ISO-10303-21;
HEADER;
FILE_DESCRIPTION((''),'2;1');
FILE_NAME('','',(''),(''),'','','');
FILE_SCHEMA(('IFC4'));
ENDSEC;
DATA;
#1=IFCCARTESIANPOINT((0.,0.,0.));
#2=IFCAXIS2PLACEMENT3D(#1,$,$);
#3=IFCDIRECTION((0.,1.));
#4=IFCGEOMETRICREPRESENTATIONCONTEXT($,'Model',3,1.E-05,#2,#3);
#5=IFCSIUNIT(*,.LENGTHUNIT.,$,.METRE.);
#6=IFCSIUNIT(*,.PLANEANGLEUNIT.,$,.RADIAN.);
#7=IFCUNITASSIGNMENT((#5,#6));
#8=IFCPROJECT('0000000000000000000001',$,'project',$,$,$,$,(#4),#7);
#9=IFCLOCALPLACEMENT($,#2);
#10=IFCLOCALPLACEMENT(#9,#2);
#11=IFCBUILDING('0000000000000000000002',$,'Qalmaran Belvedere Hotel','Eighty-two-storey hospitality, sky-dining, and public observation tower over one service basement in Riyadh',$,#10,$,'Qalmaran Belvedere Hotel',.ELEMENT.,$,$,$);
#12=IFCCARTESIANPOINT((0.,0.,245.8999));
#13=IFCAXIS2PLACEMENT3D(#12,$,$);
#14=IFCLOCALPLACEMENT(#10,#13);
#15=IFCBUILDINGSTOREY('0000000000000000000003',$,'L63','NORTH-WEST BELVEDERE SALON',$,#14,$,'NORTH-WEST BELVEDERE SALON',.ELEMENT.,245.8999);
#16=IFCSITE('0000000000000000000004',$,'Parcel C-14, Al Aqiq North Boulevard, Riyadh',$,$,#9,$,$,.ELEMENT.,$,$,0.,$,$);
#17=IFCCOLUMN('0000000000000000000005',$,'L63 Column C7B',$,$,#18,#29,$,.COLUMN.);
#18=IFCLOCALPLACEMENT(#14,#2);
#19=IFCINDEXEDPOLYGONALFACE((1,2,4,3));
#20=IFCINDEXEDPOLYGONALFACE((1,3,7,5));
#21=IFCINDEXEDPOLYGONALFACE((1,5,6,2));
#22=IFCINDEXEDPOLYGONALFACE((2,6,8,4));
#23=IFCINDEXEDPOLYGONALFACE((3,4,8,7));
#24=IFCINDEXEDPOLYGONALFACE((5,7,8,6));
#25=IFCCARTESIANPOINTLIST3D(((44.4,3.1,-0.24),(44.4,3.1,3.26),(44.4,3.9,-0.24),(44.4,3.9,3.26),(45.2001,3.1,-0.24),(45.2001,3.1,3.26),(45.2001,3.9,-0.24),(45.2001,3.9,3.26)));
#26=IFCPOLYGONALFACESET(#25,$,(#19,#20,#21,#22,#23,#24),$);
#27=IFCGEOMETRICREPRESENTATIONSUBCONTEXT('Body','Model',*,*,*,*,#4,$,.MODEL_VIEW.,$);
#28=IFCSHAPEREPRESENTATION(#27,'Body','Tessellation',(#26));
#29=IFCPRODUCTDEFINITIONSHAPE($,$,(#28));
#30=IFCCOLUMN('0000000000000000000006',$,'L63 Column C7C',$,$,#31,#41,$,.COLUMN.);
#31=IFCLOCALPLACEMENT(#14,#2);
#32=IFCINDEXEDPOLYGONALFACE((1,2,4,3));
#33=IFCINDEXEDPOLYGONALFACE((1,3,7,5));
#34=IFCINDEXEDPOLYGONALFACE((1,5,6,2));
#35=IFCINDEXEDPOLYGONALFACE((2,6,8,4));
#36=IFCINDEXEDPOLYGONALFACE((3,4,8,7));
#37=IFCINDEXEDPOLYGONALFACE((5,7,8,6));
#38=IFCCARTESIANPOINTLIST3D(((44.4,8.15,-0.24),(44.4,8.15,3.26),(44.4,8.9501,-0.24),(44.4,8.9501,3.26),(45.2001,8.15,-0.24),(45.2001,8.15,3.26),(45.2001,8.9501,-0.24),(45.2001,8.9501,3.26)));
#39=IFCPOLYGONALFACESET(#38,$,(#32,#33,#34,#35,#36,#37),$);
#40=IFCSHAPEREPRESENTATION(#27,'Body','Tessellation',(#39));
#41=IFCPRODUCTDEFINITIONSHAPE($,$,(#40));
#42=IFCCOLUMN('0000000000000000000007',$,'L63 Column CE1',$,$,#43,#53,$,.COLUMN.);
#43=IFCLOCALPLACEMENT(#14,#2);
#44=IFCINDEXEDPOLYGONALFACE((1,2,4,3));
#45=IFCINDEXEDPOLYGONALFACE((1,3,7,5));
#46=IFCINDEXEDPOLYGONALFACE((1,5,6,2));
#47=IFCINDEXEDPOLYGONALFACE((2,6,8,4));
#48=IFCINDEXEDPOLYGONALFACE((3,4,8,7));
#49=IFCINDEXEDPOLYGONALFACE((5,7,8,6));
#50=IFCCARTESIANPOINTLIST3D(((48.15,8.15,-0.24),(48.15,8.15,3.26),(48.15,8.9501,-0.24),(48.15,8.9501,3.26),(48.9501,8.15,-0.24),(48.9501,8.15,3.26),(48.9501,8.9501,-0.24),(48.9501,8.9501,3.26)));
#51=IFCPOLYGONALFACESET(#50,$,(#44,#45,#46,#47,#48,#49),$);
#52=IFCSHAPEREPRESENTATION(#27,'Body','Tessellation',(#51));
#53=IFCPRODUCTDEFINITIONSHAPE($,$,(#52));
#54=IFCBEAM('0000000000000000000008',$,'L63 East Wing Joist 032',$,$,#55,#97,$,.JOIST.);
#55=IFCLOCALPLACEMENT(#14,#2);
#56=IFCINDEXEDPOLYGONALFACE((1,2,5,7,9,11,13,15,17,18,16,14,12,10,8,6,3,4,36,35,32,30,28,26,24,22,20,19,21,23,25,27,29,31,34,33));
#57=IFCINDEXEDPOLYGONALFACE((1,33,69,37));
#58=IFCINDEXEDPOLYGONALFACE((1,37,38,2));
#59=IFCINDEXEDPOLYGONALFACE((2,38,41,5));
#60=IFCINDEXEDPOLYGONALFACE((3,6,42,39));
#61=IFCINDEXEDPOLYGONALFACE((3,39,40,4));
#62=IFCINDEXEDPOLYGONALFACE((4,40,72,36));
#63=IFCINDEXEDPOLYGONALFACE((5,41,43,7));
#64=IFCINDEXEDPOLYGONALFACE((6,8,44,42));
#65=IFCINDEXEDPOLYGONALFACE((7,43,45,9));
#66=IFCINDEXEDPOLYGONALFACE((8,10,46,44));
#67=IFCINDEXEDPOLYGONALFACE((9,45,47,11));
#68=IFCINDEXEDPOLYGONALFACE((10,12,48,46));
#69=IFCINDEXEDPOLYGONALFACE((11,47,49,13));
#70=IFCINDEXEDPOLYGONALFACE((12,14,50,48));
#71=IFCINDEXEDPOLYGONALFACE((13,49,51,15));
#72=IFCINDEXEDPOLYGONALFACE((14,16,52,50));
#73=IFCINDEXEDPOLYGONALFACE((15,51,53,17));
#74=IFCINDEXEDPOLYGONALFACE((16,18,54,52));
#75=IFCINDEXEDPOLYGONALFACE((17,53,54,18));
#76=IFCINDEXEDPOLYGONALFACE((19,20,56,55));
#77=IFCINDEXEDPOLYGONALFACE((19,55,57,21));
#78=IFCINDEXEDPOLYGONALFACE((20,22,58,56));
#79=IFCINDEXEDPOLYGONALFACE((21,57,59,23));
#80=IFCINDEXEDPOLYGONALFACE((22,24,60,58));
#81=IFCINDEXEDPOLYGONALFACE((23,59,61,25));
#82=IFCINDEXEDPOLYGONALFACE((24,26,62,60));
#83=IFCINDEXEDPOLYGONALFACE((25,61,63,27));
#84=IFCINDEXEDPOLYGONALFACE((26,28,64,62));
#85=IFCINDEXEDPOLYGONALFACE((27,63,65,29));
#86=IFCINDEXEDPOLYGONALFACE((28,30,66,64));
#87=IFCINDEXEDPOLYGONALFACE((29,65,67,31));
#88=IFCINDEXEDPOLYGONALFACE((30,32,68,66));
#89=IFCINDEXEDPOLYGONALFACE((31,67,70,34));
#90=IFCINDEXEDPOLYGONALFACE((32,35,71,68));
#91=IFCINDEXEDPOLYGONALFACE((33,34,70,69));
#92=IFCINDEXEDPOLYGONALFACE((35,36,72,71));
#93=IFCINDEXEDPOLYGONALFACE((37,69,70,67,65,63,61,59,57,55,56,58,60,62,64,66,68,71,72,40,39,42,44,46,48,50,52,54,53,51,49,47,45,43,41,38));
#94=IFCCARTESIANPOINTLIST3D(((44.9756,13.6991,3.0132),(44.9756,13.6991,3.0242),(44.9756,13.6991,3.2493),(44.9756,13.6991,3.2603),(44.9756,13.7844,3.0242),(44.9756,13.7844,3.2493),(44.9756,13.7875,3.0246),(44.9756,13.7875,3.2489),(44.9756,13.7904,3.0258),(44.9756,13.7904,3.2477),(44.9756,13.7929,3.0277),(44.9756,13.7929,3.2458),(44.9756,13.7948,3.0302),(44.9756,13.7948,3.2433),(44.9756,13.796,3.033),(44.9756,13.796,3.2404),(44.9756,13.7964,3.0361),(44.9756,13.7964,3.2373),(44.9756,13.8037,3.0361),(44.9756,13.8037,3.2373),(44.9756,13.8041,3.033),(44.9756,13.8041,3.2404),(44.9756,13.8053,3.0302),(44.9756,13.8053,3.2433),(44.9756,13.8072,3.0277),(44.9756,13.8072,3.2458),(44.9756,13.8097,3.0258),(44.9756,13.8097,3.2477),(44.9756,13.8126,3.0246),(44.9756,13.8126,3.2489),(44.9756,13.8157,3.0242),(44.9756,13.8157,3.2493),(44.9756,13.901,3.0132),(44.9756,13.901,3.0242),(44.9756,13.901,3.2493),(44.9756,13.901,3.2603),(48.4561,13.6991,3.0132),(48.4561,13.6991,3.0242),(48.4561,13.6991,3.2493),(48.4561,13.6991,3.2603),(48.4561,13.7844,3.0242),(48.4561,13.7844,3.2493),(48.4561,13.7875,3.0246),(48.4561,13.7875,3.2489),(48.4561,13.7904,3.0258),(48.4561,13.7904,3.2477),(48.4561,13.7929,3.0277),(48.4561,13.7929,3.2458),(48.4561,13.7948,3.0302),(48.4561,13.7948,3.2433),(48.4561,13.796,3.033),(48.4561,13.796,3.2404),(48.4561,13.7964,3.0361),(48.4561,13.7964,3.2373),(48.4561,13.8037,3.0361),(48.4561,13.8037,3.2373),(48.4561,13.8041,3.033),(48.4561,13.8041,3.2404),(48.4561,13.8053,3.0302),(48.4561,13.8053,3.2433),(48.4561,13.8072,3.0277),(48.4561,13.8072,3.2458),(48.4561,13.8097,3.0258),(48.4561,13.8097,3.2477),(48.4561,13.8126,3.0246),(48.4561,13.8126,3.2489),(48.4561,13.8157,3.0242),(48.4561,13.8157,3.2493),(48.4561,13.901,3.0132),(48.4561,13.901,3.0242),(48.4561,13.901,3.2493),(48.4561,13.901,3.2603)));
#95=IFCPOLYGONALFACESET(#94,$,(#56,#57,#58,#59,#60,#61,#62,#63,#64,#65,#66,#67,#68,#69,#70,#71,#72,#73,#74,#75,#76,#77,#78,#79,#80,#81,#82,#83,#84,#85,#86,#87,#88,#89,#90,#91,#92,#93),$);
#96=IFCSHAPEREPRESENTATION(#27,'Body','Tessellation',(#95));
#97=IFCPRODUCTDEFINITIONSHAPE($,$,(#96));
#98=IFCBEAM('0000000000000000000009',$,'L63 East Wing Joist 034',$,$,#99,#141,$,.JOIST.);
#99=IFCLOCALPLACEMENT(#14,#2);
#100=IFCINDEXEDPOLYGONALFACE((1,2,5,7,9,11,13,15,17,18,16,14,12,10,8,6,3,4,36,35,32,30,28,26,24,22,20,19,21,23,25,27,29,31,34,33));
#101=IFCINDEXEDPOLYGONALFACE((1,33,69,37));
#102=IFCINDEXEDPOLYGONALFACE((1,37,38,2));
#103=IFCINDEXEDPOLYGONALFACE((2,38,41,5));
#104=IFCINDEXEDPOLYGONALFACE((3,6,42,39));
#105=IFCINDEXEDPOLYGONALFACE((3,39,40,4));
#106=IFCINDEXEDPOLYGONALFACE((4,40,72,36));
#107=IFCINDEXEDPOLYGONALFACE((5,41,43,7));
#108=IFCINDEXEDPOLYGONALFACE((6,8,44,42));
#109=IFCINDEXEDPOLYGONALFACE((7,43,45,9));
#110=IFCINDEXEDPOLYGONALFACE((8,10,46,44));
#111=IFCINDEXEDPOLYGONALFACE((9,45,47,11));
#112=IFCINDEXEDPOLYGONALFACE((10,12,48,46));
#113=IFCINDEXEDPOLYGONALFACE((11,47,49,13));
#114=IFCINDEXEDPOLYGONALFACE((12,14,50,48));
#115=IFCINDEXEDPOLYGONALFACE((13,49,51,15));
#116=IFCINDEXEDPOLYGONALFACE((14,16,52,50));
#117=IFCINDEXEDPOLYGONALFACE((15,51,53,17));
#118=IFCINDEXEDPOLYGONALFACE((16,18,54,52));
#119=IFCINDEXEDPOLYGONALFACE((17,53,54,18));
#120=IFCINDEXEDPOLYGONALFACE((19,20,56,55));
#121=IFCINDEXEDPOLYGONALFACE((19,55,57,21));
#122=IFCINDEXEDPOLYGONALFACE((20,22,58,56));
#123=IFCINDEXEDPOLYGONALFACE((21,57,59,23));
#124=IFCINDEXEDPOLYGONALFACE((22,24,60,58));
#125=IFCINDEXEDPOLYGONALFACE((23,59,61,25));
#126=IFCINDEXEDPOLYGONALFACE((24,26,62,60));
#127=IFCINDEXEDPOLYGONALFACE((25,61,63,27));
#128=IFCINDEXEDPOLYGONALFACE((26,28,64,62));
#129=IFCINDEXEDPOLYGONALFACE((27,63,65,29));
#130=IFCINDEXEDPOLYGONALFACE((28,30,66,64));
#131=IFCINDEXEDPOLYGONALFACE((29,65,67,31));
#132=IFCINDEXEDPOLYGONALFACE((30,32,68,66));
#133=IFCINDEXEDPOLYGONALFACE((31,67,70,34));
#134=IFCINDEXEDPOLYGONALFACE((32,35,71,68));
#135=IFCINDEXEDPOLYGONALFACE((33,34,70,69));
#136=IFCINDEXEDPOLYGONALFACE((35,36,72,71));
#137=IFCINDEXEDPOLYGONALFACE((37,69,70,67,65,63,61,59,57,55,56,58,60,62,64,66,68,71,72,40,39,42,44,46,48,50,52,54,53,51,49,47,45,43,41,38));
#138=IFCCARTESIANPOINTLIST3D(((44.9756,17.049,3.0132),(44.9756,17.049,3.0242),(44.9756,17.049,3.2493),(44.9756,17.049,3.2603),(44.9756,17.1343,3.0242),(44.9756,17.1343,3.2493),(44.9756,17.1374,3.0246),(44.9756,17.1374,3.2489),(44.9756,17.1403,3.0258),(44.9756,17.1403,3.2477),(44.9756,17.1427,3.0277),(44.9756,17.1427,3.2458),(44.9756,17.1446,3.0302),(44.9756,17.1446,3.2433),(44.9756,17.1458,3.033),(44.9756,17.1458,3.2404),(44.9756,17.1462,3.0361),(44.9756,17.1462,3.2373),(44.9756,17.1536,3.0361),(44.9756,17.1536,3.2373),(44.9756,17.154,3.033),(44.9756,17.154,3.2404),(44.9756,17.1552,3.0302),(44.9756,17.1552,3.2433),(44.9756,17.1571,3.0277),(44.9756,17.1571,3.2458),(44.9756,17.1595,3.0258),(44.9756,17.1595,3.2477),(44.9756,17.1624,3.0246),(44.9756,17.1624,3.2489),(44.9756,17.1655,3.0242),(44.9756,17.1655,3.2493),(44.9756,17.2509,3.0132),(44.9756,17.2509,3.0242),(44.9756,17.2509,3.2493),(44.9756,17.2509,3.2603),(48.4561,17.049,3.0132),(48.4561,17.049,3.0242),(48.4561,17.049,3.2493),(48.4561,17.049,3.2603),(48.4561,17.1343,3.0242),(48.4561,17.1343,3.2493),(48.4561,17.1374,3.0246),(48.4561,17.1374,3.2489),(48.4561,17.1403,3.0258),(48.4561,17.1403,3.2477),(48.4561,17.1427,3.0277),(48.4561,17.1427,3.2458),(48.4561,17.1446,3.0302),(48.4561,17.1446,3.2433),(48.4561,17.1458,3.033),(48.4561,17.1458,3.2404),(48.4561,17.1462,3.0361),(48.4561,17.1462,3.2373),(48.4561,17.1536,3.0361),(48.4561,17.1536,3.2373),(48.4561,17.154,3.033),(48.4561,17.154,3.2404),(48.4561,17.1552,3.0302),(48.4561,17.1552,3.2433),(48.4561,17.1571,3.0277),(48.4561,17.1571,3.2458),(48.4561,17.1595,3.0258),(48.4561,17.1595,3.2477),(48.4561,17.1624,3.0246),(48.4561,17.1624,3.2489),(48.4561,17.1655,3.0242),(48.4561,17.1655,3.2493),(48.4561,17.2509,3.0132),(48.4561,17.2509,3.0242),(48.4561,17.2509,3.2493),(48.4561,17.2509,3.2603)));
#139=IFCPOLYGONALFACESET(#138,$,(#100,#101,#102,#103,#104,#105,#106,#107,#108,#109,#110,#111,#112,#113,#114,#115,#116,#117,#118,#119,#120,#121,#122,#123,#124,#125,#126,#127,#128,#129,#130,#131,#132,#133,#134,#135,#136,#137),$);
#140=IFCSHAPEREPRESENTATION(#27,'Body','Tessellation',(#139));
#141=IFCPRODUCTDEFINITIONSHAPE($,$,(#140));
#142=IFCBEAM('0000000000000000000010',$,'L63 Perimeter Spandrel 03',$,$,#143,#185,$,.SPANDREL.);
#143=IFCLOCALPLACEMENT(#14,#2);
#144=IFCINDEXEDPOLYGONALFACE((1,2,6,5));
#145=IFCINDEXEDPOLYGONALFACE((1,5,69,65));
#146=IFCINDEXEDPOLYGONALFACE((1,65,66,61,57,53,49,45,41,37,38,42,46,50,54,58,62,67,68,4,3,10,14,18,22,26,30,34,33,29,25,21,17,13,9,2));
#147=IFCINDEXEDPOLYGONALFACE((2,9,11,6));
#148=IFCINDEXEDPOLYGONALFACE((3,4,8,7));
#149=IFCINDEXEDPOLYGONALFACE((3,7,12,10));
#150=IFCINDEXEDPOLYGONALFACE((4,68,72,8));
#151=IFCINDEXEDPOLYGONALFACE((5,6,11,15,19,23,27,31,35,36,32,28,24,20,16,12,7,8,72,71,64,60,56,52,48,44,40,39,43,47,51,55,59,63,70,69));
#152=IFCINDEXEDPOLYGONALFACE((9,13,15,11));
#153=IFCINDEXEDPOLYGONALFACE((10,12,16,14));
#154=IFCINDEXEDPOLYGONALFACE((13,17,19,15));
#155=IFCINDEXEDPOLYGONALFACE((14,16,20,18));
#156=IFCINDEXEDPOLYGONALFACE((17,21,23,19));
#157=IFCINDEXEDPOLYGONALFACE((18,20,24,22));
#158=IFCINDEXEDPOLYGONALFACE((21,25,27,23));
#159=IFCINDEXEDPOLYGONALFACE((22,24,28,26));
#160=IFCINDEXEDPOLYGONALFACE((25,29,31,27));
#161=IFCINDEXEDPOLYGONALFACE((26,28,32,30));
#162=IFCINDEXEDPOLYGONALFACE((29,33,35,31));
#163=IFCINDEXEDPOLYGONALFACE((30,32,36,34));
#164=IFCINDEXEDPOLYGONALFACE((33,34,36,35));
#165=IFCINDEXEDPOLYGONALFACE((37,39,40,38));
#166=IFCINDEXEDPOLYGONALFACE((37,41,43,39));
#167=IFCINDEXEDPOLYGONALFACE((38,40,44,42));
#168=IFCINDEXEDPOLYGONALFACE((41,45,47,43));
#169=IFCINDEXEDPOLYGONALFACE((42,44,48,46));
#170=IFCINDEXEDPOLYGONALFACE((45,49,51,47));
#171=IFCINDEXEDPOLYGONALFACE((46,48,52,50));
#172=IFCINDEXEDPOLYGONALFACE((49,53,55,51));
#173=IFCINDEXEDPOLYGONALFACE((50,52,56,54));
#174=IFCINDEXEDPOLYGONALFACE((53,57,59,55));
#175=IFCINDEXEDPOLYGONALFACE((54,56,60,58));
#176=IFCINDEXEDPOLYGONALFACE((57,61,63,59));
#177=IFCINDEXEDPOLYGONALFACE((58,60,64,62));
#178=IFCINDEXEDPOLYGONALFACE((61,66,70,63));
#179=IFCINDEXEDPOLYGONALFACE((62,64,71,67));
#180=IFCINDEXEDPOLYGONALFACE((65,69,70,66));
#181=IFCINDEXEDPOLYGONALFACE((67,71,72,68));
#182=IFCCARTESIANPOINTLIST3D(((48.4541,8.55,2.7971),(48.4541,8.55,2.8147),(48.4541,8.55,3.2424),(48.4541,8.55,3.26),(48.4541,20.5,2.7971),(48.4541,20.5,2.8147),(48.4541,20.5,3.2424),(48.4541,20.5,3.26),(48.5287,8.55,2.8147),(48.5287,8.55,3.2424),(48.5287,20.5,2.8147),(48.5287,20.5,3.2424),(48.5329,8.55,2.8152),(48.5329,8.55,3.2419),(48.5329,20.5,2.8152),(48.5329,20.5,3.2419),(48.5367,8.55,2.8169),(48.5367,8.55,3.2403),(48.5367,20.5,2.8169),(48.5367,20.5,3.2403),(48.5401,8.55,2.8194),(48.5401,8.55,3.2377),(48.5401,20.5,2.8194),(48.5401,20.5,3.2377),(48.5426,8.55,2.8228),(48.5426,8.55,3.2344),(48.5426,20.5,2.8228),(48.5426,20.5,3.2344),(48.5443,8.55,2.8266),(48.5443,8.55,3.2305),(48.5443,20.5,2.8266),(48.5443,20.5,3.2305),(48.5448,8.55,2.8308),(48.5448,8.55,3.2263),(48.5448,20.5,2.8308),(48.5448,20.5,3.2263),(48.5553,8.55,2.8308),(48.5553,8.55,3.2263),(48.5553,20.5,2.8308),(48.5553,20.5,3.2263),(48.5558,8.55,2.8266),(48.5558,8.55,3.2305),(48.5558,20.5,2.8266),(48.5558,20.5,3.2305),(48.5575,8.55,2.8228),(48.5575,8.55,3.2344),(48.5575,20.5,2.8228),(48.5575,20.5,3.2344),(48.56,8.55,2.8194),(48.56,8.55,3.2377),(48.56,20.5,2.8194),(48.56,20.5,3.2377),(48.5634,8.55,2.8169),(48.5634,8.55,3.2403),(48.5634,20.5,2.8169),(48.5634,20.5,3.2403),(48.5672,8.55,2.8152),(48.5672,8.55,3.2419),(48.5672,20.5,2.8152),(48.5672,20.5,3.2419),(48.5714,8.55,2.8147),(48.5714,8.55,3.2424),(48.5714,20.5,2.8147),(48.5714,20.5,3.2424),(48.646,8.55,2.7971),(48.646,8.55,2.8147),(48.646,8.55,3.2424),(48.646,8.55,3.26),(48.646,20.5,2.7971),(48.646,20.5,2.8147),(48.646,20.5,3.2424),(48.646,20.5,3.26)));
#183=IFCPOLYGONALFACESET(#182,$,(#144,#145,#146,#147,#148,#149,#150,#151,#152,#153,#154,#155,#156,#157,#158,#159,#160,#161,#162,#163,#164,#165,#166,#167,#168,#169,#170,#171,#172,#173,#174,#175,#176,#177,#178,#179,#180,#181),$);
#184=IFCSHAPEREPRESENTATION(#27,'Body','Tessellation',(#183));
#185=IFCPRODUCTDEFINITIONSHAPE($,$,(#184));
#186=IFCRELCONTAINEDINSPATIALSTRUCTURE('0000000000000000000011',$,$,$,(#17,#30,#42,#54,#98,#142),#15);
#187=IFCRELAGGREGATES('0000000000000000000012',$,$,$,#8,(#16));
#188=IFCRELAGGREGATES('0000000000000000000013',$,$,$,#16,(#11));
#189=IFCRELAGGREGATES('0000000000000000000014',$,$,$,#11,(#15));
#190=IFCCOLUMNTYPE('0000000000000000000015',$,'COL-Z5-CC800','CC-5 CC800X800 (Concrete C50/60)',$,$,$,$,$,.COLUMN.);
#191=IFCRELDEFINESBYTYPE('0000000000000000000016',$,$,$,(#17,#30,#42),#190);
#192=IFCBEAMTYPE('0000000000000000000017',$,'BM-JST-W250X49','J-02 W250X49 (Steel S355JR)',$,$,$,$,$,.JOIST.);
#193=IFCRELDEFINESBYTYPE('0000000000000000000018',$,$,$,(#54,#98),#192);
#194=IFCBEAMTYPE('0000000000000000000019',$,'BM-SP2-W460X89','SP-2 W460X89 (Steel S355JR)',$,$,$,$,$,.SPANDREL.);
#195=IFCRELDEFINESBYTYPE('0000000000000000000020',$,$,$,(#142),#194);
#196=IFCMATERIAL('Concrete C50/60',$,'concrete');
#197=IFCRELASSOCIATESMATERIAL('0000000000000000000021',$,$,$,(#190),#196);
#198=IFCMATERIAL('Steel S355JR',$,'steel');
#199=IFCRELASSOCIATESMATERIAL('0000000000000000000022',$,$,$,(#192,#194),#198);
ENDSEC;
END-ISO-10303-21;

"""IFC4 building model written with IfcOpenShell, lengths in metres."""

from ifc_helpers import new_model, si_unit, direction, frame, origin, origin_2d, place, context, subcontext, project, spatial, rectangle, i_section, extrude, material, material_profile, profile_set, type_object, element, save


model = new_model("IFC4")

# Units and contexts
model_context = context("Model", 3, precision=1e-05, world=origin(), true_north=direction((0.0, 1.0)))
body_context = subcontext(model_context, "Body", "Model", "MODEL_VIEW")
ifc_project = project(units=[si_unit("LENGTHUNIT", "METRE"), si_unit("PLANEANGLEUNIT", "RADIAN")], contexts=[model_context])

# Site, building, storey
site_placement = place(None, origin())
site = spatial("IfcSite", under=ifc_project, at=site_placement, Name="Parcel C-14, Al Aqiq North Boulevard, Riyadh", CompositionType="ELEMENT", RefElevation=0.0)
building_placement = place(site_placement, origin())
building = spatial("IfcBuilding", under=site, at=building_placement, Name="Qalmaran Belvedere Hotel", Description="Eighty-two-storey hospitality, sky-dining, and public observation tower over one service basement in Riyadh", LongName="Qalmaran Belvedere Hotel", CompositionType="ELEMENT")
storey_placement = place(building_placement, frame((0.0, 0.0, 245.8999)))
storey = spatial("IfcBuildingStorey", under=building, at=storey_placement, Name="L63", Description="NORTH-WEST BELVEDERE SALON", LongName="NORTH-WEST BELVEDERE SALON", CompositionType="ELEMENT", Elevation=245.8999)

# Columns
ifc_material_1 = material(Name="Concrete C50/60", Category="concrete")
ifc_material_profile_1 = material_profile(ifc_material_1, rectangle(XDim=0.8, YDim=0.8, at=origin_2d()), Name="CC800X800")
ifc_profile_set_1 = profile_set([ifc_material_profile_1], Name="Concrete C50/60")
column_type = type_object("IfcColumnType", Name="COL-Z5-CC800", Description="CC-5 CC800X800 (Concrete C50/60)", PredefinedType="COLUMN", material=ifc_profile_set_1)
for number, where, z_axis, x_axis, name in (
    (1, (44.8, 3.5, -0.24), (0.0, 0.0, 1.0), (1.0, 0.0, 0.0), "L63 Column C7B"),
    (2, (44.8, 8.55, -0.24), (0.0, 0.0, 1.0), (1.0, 0.0, 0.0), "L63 Column C7C"),
    (3, (48.55, 8.55, -0.24), (0.0, 0.0, 1.0), (1.0, 0.0, 0.0), "L63 Column CE1"),
):
    element("IfcColumn", number, at=place(storey_placement, frame(where, z_axis=z_axis, x_axis=x_axis)), inside=storey, type_object=column_type, Name=name, PredefinedType="COLUMN", context=body_context, shape_type="SweptSolid", body=[
        extrude(rectangle(XDim=0.8, YDim=0.8, at=origin_2d()), origin(), (0.0, 0.0, 1.0), 3.5),
    ])

# Beams
ifc_material_2 = material(Name="Steel S355JR", Category="steel")
ifc_material_profile_2 = material_profile(ifc_material_2, i_section(OverallWidth=0.2019, OverallDepth=0.2471, WebThickness=0.0073, FlangeThickness=0.011, FilletRadius=0.012, at=origin_2d()), Name="W250X49")
ifc_profile_set_2 = profile_set([ifc_material_profile_2], Name="Steel S355JR")
beam_type_1 = type_object("IfcBeamType", Name="BM-JST-W250X49", Description="J-02 W250X49 (Steel S355JR)", PredefinedType="JOIST", material=ifc_profile_set_2)
for number, where, z_axis, x_axis, name in (
    (4, (44.9756, 13.8, 3.1367), (1.0, 0.0, 0.0), (0.0, 1.0, 0.0), "L63 East Wing Joist 032"),
    (5, (44.9756, 17.1499, 3.1367), (1.0, 0.0, 0.0), (0.0, 1.0, 0.0), "L63 East Wing Joist 034"),
):
    element("IfcBeam", number, at=place(storey_placement, frame(where, z_axis=z_axis, x_axis=x_axis)), inside=storey, type_object=beam_type_1, Name=name, PredefinedType="JOIST", context=body_context, shape_type="SweptSolid", body=[
        extrude(i_section(OverallWidth=0.2019, OverallDepth=0.2471, WebThickness=0.0073, FlangeThickness=0.011, FilletRadius=0.012, at=origin_2d()), origin(), (0.0, 0.0, 1.0), 3.4805),
    ])
ifc_material_profile_3 = material_profile(ifc_material_2, i_section(OverallWidth=0.1919, OverallDepth=0.4629, WebThickness=0.0105, FlangeThickness=0.0176, FilletRadius=0.0161, at=origin_2d()), Name="W460X89")
ifc_profile_set_3 = profile_set([ifc_material_profile_3], Name="Steel S355JR")
beam_type_2 = type_object("IfcBeamType", Name="BM-SP2-W460X89", Description="SP-2 W460X89 (Steel S355JR)", PredefinedType="SPANDREL", material=ifc_profile_set_3)
beam_1_placement = place(storey_placement, frame((48.55, 8.55, 3.0286), z_axis=(0.0, 1.0, 0.0), x_axis=(-1.0, 0.0, 0.0)))
element("IfcBeam", 6, at=beam_1_placement, inside=storey, type_object=beam_type_2, Name="L63 Perimeter Spandrel 03", PredefinedType="SPANDREL", context=body_context, shape_type="SweptSolid", body=[
    extrude(i_section(OverallWidth=0.1919, OverallDepth=0.4629, WebThickness=0.0105, FlangeThickness=0.0176, FilletRadius=0.0161, at=origin_2d()), origin(), (0.0, 0.0, 1.0), 11.95),
])

save(model, "model.ifc")
